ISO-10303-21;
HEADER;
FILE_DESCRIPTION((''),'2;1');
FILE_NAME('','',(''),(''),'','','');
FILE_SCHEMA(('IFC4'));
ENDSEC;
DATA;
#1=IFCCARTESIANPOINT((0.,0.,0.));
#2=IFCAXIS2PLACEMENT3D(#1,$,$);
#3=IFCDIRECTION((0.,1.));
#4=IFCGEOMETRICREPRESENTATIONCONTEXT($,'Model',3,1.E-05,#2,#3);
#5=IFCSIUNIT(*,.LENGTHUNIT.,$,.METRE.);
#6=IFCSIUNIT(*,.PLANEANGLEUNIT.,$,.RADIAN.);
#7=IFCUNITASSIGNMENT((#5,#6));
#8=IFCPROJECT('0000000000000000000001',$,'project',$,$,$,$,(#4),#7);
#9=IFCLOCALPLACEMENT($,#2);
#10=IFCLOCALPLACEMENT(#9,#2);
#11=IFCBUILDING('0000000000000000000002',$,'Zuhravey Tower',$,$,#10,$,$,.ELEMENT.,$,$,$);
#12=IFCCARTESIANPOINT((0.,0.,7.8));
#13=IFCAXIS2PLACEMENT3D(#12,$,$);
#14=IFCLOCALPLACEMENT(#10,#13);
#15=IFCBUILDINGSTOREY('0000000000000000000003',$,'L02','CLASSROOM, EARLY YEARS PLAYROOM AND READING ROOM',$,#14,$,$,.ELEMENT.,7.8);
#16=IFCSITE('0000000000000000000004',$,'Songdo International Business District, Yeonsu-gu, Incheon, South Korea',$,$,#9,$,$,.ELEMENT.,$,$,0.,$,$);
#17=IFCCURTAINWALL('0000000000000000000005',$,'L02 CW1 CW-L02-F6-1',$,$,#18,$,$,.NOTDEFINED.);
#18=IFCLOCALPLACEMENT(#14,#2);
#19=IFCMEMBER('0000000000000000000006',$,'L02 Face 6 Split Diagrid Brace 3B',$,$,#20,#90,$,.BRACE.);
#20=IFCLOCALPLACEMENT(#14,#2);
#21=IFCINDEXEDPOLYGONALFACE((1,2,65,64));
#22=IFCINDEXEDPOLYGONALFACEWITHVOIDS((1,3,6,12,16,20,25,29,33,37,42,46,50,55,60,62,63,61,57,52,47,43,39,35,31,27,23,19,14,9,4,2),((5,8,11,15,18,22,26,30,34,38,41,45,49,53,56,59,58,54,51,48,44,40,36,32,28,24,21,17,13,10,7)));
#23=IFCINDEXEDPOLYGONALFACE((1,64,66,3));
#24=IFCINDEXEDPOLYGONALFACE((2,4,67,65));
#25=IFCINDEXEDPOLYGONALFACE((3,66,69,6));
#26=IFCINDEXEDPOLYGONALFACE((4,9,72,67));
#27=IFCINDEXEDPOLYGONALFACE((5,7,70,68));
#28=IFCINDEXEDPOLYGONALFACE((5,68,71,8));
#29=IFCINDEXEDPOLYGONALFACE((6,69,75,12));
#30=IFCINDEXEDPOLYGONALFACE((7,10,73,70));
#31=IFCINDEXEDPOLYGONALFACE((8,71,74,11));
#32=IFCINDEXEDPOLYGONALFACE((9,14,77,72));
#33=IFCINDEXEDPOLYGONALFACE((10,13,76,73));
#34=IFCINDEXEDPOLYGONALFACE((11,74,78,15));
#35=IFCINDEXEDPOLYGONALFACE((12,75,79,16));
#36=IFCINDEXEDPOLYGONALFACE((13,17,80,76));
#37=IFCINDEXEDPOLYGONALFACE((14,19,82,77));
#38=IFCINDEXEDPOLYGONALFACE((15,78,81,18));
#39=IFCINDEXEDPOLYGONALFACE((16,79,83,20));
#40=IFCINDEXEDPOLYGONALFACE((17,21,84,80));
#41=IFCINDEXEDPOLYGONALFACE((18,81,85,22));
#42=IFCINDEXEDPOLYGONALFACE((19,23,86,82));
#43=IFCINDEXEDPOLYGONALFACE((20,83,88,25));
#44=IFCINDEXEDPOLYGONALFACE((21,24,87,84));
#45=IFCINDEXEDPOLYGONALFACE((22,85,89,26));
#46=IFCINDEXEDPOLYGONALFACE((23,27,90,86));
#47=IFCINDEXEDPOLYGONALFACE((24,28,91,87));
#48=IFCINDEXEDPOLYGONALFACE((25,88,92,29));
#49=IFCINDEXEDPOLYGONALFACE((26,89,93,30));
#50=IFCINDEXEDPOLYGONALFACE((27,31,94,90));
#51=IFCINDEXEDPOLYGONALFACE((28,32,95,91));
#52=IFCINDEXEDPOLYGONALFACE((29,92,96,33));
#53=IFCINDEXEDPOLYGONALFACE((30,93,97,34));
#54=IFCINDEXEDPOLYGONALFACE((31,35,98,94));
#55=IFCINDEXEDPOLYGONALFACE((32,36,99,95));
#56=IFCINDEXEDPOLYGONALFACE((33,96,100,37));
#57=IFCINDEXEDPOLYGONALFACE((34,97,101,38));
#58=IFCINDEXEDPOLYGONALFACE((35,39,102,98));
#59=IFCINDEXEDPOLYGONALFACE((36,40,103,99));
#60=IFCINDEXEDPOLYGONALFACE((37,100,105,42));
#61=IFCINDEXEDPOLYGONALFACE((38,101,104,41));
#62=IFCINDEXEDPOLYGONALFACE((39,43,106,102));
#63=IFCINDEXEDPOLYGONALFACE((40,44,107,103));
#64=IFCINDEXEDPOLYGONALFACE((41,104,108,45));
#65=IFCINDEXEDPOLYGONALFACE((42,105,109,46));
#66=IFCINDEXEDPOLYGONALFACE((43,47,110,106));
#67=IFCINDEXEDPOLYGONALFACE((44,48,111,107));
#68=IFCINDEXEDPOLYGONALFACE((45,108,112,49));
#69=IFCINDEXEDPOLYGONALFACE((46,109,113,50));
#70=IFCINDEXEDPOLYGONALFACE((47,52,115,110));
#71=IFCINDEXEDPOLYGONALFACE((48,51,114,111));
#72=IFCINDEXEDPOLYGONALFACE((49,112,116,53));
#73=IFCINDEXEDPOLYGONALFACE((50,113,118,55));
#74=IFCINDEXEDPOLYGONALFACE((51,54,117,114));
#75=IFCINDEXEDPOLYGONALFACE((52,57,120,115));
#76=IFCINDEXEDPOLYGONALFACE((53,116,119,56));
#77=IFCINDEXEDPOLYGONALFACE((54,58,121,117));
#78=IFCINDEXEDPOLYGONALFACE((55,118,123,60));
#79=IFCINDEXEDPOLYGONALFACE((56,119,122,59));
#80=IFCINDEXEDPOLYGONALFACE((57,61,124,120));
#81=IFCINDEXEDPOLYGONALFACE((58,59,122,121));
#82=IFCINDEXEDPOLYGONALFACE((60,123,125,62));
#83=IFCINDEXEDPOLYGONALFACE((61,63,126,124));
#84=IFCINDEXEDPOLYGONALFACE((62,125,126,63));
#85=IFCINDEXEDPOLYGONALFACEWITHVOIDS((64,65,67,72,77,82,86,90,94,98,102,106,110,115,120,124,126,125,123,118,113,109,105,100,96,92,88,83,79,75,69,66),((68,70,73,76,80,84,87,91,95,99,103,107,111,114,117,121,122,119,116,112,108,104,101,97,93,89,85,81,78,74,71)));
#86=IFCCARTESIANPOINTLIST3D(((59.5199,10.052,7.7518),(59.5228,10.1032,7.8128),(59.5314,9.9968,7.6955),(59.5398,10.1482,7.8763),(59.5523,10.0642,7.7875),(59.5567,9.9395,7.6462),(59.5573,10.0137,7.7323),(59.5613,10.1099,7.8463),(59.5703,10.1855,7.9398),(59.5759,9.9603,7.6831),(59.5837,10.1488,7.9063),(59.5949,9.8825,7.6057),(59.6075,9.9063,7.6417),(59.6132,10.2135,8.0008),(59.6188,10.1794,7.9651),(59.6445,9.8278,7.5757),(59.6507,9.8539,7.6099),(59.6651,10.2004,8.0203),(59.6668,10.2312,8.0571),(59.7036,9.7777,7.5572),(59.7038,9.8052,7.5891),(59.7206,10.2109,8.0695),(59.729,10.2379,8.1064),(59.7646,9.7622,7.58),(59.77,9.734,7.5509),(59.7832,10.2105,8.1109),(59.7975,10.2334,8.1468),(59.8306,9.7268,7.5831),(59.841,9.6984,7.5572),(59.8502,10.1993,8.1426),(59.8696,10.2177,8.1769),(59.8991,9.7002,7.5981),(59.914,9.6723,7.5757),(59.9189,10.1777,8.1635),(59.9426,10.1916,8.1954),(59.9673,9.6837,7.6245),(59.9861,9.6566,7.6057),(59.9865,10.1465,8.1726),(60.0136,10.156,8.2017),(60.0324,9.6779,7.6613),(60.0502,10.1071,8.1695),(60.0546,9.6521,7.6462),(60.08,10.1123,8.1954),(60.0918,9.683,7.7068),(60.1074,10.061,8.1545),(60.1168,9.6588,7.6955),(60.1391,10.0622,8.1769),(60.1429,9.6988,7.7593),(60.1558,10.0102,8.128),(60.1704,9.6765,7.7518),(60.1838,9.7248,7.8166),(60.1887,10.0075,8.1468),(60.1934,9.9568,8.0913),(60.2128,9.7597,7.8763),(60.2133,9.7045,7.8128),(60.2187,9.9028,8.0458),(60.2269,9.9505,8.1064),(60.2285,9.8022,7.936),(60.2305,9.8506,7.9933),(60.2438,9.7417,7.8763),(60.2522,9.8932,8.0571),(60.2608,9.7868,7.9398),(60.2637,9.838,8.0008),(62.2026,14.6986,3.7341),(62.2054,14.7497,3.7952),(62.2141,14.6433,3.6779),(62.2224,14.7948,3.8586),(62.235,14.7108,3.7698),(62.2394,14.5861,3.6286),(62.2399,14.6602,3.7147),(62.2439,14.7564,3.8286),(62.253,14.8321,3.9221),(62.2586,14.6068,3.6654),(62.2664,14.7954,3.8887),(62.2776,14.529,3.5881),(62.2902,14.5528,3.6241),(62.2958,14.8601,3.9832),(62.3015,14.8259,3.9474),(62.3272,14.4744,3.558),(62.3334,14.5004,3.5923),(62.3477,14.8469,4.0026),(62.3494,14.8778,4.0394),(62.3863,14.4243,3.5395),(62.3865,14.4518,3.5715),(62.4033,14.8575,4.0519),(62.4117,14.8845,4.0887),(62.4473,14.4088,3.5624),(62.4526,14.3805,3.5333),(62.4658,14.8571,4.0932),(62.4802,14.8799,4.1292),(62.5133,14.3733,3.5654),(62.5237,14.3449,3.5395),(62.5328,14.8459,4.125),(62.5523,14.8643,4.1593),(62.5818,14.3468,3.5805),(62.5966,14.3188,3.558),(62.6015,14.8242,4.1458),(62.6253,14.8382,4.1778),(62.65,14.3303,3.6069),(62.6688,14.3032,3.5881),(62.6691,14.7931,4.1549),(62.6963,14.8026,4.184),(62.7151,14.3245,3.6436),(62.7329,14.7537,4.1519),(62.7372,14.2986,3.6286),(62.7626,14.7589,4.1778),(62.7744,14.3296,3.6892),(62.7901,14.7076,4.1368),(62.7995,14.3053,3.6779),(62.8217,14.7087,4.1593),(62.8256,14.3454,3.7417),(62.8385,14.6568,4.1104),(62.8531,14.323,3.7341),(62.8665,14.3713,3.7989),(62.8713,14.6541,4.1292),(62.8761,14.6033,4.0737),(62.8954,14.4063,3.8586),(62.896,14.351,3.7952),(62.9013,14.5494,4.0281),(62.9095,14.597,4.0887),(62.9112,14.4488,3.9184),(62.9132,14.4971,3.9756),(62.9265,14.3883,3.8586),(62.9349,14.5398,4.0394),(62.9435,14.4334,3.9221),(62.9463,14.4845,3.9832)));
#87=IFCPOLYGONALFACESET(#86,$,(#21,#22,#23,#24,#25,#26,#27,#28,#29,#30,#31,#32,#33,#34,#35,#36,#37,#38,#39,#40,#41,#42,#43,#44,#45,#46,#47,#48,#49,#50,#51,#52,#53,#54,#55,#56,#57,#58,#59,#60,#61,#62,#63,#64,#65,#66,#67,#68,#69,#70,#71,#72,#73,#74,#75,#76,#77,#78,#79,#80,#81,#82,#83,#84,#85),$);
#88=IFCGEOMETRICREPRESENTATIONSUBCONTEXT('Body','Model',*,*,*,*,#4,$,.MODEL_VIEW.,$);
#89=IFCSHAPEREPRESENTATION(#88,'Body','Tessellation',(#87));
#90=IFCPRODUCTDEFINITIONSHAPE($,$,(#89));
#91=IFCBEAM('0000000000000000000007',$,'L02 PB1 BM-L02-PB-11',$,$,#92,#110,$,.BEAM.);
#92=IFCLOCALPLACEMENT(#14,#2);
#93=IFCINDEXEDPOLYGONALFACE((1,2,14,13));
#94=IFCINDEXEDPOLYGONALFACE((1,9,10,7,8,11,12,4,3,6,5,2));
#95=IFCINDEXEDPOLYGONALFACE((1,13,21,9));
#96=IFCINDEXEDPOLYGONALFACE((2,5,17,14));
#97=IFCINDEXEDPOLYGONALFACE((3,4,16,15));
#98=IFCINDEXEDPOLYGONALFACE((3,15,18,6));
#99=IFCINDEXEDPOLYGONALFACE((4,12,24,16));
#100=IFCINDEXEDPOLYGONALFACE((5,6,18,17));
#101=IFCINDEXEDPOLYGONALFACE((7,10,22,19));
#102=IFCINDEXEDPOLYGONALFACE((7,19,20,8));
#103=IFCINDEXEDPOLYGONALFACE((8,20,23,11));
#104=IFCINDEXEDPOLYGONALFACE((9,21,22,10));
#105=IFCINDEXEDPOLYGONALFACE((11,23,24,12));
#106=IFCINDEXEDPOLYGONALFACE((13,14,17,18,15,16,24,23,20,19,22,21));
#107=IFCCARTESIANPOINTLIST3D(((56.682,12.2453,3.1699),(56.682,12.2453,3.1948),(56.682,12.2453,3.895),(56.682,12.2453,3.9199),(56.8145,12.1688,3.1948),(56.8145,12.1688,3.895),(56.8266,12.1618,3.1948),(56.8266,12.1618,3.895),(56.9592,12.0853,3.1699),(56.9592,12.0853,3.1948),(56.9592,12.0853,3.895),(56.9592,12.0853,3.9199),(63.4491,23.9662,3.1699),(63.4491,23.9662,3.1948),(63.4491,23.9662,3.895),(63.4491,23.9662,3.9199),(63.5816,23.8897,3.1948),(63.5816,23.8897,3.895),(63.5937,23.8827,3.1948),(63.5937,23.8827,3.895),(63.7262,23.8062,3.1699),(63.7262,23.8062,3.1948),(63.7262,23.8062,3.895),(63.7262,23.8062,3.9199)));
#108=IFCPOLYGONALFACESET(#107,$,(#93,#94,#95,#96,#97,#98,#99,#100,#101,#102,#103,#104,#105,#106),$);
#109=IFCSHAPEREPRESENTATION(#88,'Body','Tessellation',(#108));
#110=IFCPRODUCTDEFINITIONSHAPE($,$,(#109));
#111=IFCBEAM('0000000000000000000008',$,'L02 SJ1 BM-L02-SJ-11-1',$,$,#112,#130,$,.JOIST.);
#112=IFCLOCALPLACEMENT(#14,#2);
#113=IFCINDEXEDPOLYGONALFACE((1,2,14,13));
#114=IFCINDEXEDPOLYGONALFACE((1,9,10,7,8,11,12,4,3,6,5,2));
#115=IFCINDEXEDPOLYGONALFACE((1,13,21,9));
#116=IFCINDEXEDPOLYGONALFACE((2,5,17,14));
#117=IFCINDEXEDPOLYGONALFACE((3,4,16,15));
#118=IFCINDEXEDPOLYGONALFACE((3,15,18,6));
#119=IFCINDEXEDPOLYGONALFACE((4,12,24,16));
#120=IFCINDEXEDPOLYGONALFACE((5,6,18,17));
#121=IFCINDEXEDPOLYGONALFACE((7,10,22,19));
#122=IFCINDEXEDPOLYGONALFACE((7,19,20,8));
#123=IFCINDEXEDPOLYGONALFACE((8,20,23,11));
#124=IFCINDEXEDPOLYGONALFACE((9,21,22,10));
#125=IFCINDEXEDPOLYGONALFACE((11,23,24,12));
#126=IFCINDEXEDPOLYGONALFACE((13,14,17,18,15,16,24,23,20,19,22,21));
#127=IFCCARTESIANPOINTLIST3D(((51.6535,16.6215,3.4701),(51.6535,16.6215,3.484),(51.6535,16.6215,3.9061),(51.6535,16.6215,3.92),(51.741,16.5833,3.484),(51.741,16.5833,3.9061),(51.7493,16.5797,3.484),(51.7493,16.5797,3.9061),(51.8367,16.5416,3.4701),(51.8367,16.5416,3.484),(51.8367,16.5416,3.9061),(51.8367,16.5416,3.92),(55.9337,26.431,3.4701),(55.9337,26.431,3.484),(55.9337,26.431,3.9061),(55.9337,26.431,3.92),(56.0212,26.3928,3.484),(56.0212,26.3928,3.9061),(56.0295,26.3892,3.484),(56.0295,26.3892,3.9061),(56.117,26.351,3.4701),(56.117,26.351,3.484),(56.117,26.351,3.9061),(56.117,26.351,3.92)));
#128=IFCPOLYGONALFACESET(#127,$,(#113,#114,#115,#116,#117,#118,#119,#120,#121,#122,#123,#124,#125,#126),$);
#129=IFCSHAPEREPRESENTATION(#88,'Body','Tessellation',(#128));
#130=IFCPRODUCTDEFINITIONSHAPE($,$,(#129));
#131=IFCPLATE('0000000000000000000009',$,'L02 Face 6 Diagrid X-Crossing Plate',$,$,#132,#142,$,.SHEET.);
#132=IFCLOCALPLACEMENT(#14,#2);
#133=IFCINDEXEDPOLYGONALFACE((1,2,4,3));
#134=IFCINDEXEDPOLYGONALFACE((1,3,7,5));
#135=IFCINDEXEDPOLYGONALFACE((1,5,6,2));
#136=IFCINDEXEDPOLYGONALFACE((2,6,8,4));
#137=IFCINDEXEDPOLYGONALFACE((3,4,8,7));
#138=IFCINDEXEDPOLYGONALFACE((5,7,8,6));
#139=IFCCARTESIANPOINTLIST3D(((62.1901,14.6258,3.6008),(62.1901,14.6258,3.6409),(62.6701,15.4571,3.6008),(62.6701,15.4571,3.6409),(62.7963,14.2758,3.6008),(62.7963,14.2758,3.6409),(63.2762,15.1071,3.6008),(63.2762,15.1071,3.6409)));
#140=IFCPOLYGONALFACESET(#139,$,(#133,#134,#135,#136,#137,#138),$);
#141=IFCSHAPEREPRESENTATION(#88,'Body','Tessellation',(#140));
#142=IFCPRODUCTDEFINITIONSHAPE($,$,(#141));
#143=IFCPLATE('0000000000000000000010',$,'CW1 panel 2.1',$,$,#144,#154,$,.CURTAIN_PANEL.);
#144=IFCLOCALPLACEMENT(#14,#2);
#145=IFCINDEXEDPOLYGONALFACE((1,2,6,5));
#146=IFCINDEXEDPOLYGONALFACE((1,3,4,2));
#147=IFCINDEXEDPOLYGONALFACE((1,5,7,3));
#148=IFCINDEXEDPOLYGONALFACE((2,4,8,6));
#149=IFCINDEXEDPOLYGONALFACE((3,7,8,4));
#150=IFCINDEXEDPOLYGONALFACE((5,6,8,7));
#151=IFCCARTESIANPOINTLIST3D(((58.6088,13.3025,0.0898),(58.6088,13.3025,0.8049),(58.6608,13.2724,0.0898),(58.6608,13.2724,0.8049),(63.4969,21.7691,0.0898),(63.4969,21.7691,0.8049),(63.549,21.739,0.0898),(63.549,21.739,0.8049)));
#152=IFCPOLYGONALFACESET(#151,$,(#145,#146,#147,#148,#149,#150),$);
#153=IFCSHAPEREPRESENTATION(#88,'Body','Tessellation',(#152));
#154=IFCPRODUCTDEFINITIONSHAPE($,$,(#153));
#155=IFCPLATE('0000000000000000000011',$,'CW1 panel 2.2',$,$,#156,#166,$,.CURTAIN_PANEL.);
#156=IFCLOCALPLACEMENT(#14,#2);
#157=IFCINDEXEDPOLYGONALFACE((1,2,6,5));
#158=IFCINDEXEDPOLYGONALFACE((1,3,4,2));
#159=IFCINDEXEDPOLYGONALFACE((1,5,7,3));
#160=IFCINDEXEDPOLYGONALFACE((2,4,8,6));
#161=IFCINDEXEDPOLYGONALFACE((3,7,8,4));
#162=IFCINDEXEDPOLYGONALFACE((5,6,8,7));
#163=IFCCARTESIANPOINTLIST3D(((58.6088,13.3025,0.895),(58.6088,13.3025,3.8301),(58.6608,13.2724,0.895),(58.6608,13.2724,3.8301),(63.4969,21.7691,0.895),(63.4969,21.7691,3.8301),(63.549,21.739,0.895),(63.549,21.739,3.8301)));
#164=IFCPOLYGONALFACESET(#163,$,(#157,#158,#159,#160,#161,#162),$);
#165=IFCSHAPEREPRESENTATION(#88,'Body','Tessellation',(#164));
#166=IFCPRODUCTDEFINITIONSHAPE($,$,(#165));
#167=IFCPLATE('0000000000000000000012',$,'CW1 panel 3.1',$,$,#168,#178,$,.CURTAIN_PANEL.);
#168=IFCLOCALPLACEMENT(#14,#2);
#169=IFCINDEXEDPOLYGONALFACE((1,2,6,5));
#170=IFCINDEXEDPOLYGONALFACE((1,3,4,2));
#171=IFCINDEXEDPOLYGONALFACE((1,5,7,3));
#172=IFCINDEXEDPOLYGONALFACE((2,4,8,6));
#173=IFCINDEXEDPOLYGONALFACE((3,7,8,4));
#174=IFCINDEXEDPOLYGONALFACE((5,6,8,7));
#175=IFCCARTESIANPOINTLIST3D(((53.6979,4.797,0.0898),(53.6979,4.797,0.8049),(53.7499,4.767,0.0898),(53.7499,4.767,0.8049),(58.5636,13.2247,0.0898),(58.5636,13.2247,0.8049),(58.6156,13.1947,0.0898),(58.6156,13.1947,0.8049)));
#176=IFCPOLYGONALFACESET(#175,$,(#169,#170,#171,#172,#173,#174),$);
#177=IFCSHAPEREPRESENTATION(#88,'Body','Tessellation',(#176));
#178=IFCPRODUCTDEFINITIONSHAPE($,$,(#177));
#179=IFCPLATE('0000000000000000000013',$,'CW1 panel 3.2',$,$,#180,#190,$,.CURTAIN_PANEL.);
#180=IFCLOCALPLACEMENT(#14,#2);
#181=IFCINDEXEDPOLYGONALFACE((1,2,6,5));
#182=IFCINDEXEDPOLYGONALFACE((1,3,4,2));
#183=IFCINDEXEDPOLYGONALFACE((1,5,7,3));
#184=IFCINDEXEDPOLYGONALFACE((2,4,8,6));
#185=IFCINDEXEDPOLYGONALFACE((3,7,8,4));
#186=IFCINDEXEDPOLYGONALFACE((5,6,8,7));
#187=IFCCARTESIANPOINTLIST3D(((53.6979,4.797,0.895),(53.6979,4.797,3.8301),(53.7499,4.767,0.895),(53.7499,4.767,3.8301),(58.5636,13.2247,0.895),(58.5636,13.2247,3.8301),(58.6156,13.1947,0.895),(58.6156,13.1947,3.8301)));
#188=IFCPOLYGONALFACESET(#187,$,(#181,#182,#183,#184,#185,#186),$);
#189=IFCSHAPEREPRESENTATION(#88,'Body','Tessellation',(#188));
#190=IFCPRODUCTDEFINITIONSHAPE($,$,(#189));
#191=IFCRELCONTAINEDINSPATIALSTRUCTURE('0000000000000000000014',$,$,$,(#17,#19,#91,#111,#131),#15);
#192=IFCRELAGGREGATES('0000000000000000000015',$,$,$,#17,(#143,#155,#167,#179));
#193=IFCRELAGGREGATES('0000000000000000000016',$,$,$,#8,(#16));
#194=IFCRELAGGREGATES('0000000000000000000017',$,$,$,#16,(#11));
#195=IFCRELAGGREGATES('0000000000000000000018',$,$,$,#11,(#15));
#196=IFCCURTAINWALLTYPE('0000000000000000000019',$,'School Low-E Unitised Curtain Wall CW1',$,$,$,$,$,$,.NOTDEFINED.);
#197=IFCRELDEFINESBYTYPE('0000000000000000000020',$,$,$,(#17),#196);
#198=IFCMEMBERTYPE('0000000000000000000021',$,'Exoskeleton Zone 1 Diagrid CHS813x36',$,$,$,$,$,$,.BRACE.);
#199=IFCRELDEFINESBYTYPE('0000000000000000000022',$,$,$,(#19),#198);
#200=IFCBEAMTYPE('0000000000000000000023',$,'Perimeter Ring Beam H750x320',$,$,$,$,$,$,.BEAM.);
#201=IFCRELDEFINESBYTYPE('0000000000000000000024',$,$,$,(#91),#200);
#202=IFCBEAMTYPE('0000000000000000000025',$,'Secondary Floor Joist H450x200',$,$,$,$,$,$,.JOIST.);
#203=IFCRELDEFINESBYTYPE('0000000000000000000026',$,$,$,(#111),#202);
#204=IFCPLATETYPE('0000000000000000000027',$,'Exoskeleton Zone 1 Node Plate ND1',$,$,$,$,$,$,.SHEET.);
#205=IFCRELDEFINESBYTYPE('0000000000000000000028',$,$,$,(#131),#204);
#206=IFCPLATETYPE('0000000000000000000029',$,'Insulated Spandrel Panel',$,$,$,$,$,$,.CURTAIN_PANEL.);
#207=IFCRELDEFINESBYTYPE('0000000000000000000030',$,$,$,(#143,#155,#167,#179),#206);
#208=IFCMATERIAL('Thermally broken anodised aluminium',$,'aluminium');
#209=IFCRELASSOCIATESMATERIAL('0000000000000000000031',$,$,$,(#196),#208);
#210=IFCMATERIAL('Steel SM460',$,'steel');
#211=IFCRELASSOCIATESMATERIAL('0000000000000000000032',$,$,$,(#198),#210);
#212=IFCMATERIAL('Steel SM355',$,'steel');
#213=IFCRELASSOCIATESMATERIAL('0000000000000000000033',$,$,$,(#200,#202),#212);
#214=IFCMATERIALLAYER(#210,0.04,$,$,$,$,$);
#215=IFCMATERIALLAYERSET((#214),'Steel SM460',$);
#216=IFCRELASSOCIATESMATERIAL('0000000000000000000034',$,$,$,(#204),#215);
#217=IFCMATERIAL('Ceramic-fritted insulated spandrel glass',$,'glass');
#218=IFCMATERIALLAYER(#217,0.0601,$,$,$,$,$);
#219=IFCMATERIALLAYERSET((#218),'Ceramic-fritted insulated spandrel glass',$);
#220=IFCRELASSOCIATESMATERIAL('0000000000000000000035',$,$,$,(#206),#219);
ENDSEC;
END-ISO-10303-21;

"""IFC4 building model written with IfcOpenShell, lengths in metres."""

from ifc_helpers import new_model, si_unit, direction, frame, origin, origin_2d, place, context, subcontext, project, spatial, rectangle, hollow_circle, i_section, extrude, material, layer, layer_set, material_profile, profile_set, type_object, element, aggregate, save


model = new_model("IFC4")

# Units and contexts
model_context = context("Model", 3, precision=1e-05, world=origin(), true_north=direction((0.0, 1.0)))
body_context = subcontext(model_context, "Body", "Model", "MODEL_VIEW")
ifc_project = project(units=[si_unit("LENGTHUNIT", "METRE"), si_unit("PLANEANGLEUNIT", "RADIAN")], contexts=[model_context])

# Site, building, storey
site_placement = place(None, origin())
site = spatial("IfcSite", under=ifc_project, at=site_placement, Name="Songdo International Business District, Yeonsu-gu, Incheon, South Korea", CompositionType="ELEMENT", RefElevation=0.0)
building_placement = place(site_placement, origin())
building = spatial("IfcBuilding", under=site, at=building_placement, Name="Zuhravey Tower", CompositionType="ELEMENT")
storey_placement = place(building_placement, frame((0.0, 0.0, 7.8)))
storey = spatial("IfcBuildingStorey", under=building, at=storey_placement, Name="L02", Description="CLASSROOM, EARLY YEARS PLAYROOM AND READING ROOM", CompositionType="ELEMENT", Elevation=7.8)

# Curtain wall
ifc_material_1 = material(Name="Thermally broken anodised aluminium", Category="aluminium")
curtain_wall_type = type_object("IfcCurtainWallType", Name="School Low-E Unitised Curtain Wall CW1", PredefinedType="NOTDEFINED", material=ifc_material_1)
curtain_wall_1_placement = place(storey_placement, origin())
curtain_wall_1 = element("IfcCurtainWall", 1, at=curtain_wall_1_placement, inside=storey, type_object=curtain_wall_type, Name="L02 CW1 CW-L02-F6-1", PredefinedType="NOTDEFINED")

# Member
ifc_material_2 = material(Name="Steel SM355", Category="steel")
ifc_material_3 = material(Name="Steel SM460", Category="steel")
ifc_material_profile_1 = material_profile(ifc_material_3, hollow_circle(Radius=0.4065, WallThickness=0.0359, at=origin_2d()), Name="CHS-812.8x36")
ifc_profile_set_1 = profile_set([ifc_material_profile_1], Name="Steel SM460")
member_type_1 = type_object("IfcMemberType", Name="Exoskeleton Zone 1 Diagrid CHS813x36", PredefinedType="BRACE", material=ifc_profile_set_1)
member_1_placement = place(storey_placement, frame((62.5745, 14.5916, 3.8586), z_axis=(-0.400225, -0.693218, 0.59939), x_axis=(0.866028, -0.499996, 0.0)))
element("IfcMember", 2, at=member_1_placement, inside=storey, type_object=member_type_1, Name="L02 Face 6 Split Diagrid Brace 3B", PredefinedType="BRACE", context=body_context, shape_type="SweptSolid", body=[
    extrude(hollow_circle(Radius=0.4065, WallThickness=0.0359, at=origin_2d()), origin(), (0.0, 0.0, 1.0), 6.7029),
])

# Beams
ifc_material_profile_2 = material_profile(ifc_material_2, i_section(OverallWidth=0.3201, OverallDepth=0.75, WebThickness=0.0139, FlangeThickness=0.0249, at=origin_2d()), Name="H-750x320x14x25")
ifc_profile_set_2 = profile_set([ifc_material_profile_2], Name="Steel SM355")
beam_type_1 = type_object("IfcBeamType", Name="Perimeter Ring Beam H750x320", PredefinedType="BEAM", material=ifc_profile_set_2)
beam_1_placement = place(storey_placement, frame((56.8206, 12.1653, 3.5449), z_axis=(0.5, 0.866025, 0.0), x_axis=(-0.866025, 0.5, 0.0)))
element("IfcBeam", 3, at=beam_1_placement, inside=storey, type_object=beam_type_1, Name="L02 PB1 BM-L02-PB-11", PredefinedType="BEAM", context=body_context, shape_type="SweptSolid", body=[
    extrude(i_section(OverallWidth=0.3201, OverallDepth=0.75, WebThickness=0.0139, FlangeThickness=0.0249, at=origin_2d()), origin(), (0.0, 0.0, 1.0), 13.5342),
])
ifc_material_profile_3 = material_profile(ifc_material_2, i_section(OverallWidth=0.2, OverallDepth=0.45, WebThickness=0.009, FlangeThickness=0.0139, at=origin_2d()), Name="H-450x200x9x14")
ifc_profile_set_3 = profile_set([ifc_material_profile_3], Name="Steel SM355")
beam_type_2 = type_object("IfcBeamType", Name="Secondary Floor Joist H450x200", PredefinedType="JOIST", material=ifc_profile_set_3)
beam_2_placement = place(storey_placement, frame((51.7451, 16.5815, 3.6951), z_axis=(0.399924, 0.916549, 0.0), x_axis=(-0.916549, 0.399924, 0.0)))
element("IfcBeam", 4, at=beam_2_placement, inside=storey, type_object=beam_type_2, Name="L02 SJ1 BM-L02-SJ-11-1", PredefinedType="JOIST", context=body_context, shape_type="SweptSolid", body=[
    extrude(i_section(OverallWidth=0.2, OverallDepth=0.45, WebThickness=0.009, FlangeThickness=0.0139, at=origin_2d()), origin(), (0.0, 0.0, 1.0), 10.7026),
])

# Plates
ifc_layer_1 = layer(ifc_material_3, 0.04)
ifc_layer_set_1 = layer_set([ifc_layer_1], Name="Steel SM460")
plate_type_1 = type_object("IfcPlateType", Name="Exoskeleton Zone 1 Node Plate ND1", PredefinedType="SHEET", material=ifc_layer_set_1)
plate_1_placement = place(storey_placement, frame((62.7332, 14.8665, 3.6008), z_axis=(0.0, 0.0, 1.0), x_axis=(0.5, 0.866025, 0.0)))
element("IfcPlate", 5, at=plate_1_placement, inside=storey, type_object=plate_type_1, Name="L02 Face 6 Diagrid X-Crossing Plate", PredefinedType="SHEET", context=body_context, shape_type="SweptSolid", body=[
    extrude(rectangle(XDim=0.96, YDim=0.7, at=origin_2d()), origin(), (0.0, 0.0, 1.0), 0.04),
])
ifc_material_4 = material(Name="Ceramic-fritted insulated spandrel glass", Category="glass")
ifc_layer_2 = layer(ifc_material_4, 0.0601)
ifc_layer_set_2 = layer_set([ifc_layer_2], Name="Ceramic-fritted insulated spandrel glass")
plate_type_2 = type_object("IfcPlateType", Name="Insulated Spandrel Panel", PredefinedType="CURTAIN_PANEL", material=ifc_layer_set_2)
plate_2_placement = place(storey_placement, frame((61.0789, 17.5208, 0.0898), z_axis=(0.0, 0.0, 1.0), x_axis=(-0.5, -0.866026, 0.0)))
plate_2 = element("IfcPlate", 6, at=plate_2_placement, type_object=plate_type_2, Name="CW1 panel 2.1", PredefinedType="CURTAIN_PANEL", context=body_context, shape_type="SweptSolid", body=[
    extrude(rectangle(XDim=9.7764, YDim=0.0601, at=origin_2d()), origin(), (0.0, 0.0, 1.0), 0.7151),
])
plate_3_placement = place(storey_placement, frame((61.0789, 17.5208, 0.895), z_axis=(0.0, 0.0, 1.0), x_axis=(-0.5, -0.866026, 0.0)))
plate_3 = element("IfcPlate", 7, at=plate_3_placement, type_object=plate_type_2, Name="CW1 panel 2.2", PredefinedType="CURTAIN_PANEL", context=body_context, shape_type="SweptSolid", body=[
    extrude(rectangle(XDim=9.7764, YDim=0.0601, at=origin_2d()), origin(), (0.0, 0.0, 1.0), 2.9351),
])
plate_4_placement = place(storey_placement, frame((56.1567, 8.9958, 0.0898), z_axis=(0.0, 0.0, 1.0), x_axis=(-0.5, -0.866026, 0.0)))
plate_4 = element("IfcPlate", 8, at=plate_4_placement, type_object=plate_type_2, Name="CW1 panel 3.1", PredefinedType="CURTAIN_PANEL", context=body_context, shape_type="SweptSolid", body=[
    extrude(rectangle(XDim=9.7314, YDim=0.0601, at=origin_2d()), origin(), (0.0, 0.0, 1.0), 0.7151),
])
plate_5_placement = place(storey_placement, frame((56.1567, 8.9958, 0.895), z_axis=(0.0, 0.0, 1.0), x_axis=(-0.5, -0.866026, 0.0)))
plate_5 = element("IfcPlate", 9, at=plate_5_placement, type_object=plate_type_2, Name="CW1 panel 3.2", PredefinedType="CURTAIN_PANEL", context=body_context, shape_type="SweptSolid", body=[
    extrude(rectangle(XDim=9.7314, YDim=0.0601, at=origin_2d()), origin(), (0.0, 0.0, 1.0), 2.9351),
])
aggregate(curtain_wall_1, [plate_2, plate_3, plate_4, plate_5])

save(model, "model.ifc")
